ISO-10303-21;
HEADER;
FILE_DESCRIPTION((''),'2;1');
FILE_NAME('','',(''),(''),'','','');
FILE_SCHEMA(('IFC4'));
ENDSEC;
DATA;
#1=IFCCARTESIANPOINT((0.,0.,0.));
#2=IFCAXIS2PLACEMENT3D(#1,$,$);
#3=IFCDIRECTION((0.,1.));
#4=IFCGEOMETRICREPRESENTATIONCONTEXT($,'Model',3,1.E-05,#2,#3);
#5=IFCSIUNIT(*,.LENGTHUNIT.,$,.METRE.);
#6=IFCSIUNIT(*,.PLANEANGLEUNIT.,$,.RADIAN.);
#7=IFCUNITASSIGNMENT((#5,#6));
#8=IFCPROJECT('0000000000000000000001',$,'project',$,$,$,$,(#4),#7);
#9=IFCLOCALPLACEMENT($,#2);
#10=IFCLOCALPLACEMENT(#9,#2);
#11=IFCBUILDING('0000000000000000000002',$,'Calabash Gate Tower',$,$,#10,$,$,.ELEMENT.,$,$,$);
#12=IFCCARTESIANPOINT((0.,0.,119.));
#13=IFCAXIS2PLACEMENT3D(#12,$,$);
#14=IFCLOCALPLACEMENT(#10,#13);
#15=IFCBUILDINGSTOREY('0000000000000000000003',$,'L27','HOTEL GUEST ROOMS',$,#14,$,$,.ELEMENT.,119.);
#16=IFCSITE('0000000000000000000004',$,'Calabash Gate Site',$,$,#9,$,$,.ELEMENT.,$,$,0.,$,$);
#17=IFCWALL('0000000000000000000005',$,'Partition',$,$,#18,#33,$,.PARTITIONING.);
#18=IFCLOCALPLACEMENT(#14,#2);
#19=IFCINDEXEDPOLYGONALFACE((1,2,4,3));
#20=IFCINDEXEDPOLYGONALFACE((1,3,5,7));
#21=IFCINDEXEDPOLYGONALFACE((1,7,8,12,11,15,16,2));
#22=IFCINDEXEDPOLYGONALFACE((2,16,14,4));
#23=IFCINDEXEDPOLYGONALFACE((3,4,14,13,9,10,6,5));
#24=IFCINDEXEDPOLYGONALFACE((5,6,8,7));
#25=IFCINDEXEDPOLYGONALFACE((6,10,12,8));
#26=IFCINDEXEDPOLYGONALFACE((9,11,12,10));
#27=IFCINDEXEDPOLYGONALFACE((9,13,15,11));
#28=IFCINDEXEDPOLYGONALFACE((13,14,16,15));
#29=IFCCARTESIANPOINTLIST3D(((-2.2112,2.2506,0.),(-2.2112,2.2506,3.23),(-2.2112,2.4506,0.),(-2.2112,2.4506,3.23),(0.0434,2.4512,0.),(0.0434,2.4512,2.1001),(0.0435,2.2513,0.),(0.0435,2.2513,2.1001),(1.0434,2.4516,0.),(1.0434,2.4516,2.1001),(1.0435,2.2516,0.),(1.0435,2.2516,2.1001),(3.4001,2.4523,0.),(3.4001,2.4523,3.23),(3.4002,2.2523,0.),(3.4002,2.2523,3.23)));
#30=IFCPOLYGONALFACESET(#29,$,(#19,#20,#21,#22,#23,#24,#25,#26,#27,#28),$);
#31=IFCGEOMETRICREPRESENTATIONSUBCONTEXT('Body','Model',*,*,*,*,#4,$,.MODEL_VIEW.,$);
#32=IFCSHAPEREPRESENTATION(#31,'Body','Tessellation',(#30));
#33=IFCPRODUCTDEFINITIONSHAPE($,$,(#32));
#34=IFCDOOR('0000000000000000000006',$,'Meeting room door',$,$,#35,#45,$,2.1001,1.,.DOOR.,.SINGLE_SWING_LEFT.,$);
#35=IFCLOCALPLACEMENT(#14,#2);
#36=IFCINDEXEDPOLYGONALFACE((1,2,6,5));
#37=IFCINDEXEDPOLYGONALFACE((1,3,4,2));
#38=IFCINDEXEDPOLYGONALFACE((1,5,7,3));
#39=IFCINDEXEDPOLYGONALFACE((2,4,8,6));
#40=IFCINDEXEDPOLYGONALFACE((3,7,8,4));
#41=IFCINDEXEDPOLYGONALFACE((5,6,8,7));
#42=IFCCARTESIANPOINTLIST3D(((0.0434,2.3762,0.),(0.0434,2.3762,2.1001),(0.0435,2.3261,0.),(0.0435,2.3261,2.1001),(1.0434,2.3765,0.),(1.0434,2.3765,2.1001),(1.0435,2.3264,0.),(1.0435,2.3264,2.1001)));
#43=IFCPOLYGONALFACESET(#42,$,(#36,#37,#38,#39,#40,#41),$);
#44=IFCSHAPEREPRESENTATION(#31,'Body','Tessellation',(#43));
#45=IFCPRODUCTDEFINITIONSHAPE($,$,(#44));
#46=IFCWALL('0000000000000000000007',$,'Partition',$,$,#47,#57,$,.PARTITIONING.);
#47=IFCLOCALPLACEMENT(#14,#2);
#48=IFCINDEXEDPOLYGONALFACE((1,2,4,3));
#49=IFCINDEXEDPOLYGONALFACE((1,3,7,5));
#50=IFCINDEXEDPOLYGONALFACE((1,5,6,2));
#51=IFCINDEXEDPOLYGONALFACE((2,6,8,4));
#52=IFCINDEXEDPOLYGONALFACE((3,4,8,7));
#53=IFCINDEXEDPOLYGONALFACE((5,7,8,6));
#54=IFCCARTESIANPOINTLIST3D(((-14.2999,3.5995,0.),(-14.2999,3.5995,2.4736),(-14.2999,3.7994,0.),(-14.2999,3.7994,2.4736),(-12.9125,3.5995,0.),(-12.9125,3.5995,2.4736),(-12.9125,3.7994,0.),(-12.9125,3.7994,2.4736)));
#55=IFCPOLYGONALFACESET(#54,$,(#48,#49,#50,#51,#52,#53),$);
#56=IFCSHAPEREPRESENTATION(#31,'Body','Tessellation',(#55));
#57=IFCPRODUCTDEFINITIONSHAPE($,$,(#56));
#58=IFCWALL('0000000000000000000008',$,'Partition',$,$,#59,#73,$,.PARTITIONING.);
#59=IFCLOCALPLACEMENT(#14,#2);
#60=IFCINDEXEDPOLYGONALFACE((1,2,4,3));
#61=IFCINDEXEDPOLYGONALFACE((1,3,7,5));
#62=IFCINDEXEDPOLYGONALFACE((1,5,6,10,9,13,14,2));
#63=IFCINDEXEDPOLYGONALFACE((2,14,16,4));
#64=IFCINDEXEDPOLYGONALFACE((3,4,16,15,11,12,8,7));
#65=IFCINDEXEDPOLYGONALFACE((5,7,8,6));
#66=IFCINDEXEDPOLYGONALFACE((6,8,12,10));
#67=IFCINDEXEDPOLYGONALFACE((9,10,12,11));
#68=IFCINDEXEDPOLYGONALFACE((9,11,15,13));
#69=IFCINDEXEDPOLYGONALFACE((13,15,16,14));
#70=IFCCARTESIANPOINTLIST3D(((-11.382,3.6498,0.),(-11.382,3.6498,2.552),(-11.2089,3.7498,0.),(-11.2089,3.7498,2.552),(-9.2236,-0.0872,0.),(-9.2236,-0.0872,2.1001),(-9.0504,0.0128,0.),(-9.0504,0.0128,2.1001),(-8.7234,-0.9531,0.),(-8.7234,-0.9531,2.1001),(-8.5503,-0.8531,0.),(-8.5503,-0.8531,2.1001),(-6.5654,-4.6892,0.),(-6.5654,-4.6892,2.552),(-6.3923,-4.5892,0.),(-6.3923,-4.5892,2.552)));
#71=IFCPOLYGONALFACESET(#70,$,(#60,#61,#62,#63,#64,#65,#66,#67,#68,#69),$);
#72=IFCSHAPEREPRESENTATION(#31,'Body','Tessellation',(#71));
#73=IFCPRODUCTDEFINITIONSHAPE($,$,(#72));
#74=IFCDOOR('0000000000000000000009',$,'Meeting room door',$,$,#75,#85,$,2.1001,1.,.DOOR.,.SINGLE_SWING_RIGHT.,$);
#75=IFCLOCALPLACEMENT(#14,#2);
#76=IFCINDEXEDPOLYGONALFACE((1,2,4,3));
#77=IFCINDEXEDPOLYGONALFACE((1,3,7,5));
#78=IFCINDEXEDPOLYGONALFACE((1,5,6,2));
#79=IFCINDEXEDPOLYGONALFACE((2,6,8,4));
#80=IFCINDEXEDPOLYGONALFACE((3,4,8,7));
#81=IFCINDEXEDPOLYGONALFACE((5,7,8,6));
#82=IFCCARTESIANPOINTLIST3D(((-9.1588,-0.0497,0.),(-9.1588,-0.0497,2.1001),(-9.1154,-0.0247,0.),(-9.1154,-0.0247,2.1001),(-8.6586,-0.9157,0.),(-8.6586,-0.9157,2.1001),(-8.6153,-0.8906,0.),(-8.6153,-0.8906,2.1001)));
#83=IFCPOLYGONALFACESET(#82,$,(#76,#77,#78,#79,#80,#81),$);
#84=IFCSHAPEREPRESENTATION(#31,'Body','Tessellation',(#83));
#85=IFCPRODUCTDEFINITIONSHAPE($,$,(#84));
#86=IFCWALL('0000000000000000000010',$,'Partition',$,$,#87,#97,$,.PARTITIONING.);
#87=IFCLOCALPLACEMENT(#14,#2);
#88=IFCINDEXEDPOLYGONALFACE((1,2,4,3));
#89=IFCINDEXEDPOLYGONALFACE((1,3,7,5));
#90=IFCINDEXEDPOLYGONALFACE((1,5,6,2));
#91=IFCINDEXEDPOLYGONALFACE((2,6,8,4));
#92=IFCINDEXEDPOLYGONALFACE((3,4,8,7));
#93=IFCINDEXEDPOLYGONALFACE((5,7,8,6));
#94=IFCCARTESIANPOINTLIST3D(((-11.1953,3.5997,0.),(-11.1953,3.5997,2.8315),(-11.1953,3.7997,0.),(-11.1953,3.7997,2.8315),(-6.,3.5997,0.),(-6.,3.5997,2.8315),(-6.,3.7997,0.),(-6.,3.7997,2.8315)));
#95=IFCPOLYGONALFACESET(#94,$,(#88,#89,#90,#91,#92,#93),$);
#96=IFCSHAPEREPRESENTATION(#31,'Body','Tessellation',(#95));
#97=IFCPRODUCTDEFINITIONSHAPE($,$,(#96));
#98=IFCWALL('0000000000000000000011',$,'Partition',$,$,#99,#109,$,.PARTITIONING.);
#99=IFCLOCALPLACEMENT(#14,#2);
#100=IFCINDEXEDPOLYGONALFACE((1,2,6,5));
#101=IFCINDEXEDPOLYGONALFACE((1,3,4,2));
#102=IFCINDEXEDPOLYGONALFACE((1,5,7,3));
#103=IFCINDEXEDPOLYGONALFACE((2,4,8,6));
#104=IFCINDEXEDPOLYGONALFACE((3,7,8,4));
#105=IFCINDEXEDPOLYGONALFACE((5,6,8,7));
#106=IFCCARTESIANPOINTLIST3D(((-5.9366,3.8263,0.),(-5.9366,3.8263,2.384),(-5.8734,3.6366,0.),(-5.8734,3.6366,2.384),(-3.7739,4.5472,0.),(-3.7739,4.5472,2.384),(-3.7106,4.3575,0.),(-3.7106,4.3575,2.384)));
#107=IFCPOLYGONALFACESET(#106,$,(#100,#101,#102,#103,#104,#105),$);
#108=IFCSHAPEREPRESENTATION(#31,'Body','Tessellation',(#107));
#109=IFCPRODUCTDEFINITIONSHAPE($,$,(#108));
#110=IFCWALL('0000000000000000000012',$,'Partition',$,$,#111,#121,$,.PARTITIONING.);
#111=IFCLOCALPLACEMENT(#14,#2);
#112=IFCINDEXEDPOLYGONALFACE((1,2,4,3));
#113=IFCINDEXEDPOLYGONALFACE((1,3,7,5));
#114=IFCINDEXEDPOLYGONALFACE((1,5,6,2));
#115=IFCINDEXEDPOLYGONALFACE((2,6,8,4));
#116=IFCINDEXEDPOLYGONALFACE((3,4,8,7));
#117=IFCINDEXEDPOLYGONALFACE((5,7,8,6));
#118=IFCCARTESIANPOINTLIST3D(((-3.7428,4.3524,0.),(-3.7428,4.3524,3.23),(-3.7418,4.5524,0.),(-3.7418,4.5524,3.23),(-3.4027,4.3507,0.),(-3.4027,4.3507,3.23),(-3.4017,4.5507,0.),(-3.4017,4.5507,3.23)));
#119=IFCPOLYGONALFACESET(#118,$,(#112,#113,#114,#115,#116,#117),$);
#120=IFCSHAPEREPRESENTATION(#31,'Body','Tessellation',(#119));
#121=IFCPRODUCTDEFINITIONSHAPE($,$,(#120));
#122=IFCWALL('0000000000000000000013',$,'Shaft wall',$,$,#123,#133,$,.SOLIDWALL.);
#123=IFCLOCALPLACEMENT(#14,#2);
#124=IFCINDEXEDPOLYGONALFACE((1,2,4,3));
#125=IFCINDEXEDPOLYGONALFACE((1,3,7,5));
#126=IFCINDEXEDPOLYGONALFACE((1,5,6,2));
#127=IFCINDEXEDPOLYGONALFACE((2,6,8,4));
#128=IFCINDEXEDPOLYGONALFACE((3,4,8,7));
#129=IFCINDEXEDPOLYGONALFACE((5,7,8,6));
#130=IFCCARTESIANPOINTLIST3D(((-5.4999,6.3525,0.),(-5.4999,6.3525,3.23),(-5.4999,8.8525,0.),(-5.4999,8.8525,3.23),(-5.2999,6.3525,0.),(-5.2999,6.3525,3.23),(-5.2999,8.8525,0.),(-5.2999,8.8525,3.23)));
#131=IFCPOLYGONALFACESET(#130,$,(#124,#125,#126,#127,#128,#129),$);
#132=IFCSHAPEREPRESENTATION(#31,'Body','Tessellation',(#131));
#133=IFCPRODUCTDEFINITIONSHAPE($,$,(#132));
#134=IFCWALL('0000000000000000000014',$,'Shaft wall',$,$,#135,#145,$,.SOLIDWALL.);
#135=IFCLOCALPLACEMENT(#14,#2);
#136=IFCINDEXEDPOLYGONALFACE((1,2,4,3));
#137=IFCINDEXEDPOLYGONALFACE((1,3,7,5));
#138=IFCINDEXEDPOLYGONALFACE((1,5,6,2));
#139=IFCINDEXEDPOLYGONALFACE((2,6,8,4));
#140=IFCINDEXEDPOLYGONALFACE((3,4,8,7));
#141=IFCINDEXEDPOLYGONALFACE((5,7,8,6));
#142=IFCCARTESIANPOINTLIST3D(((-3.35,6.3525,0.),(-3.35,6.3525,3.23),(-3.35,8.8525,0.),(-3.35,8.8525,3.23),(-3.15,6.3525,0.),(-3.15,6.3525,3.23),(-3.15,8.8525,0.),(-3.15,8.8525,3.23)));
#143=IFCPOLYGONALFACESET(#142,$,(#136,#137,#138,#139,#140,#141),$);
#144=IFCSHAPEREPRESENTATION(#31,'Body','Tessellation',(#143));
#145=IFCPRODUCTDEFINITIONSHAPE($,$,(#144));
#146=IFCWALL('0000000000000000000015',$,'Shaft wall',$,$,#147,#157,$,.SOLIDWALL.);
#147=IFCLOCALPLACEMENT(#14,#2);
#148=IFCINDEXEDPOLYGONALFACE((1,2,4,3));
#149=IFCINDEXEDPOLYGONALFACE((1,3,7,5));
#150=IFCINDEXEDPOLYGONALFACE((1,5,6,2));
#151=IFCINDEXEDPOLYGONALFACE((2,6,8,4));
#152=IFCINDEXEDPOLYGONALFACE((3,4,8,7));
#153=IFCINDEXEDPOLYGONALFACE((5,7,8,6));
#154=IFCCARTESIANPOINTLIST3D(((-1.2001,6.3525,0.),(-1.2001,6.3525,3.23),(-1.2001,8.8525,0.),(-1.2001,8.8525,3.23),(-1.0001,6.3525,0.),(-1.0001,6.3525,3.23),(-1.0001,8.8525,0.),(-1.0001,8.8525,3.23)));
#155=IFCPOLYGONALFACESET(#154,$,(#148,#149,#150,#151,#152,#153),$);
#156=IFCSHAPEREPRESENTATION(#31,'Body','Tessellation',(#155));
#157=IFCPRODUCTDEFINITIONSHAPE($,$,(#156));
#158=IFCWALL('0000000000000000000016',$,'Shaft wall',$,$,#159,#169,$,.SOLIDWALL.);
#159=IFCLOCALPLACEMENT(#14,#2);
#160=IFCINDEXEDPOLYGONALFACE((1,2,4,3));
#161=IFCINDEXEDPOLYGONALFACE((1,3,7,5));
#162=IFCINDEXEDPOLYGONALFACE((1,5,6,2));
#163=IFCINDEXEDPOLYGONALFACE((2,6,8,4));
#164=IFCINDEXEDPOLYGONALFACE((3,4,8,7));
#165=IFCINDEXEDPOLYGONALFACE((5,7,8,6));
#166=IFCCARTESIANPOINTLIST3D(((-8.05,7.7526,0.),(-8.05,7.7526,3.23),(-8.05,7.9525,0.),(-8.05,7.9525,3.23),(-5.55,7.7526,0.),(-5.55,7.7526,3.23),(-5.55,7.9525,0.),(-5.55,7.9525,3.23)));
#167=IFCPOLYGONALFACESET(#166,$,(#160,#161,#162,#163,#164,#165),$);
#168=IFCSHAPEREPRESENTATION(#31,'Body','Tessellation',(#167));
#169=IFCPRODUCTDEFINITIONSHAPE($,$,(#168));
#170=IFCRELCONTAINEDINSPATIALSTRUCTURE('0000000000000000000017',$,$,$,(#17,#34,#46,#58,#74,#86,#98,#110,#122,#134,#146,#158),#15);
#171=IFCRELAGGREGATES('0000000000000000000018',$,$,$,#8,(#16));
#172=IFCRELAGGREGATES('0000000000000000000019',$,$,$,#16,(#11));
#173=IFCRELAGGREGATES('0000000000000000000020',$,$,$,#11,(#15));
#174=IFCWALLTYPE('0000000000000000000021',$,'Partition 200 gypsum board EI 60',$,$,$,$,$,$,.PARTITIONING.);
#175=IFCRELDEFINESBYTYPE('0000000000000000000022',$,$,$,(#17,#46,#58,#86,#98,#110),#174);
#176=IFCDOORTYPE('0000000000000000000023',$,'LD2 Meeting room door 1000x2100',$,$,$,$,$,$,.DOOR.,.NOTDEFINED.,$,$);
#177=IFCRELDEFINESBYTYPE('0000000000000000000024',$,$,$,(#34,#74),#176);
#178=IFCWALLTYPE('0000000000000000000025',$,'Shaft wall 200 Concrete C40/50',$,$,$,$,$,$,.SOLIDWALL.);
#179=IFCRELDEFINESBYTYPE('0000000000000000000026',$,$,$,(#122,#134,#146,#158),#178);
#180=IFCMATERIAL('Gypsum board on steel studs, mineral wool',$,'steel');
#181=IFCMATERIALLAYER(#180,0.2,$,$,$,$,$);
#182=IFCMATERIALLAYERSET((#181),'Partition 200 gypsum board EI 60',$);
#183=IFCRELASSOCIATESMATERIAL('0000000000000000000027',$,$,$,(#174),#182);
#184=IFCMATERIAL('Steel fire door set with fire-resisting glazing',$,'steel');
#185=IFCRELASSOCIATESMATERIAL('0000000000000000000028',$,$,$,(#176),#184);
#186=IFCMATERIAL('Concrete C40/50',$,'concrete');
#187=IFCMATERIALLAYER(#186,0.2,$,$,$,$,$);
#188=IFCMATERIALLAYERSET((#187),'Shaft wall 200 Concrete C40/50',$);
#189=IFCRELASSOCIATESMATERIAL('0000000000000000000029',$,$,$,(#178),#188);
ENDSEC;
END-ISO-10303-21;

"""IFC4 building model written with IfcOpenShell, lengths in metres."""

from ifc_helpers import new_model, si_unit, direction, frame, frame_2d, origin, place, context, subcontext, project, spatial, rectangle, extrude, material, layer, layer_set, type_object, element, fill, save


model = new_model("IFC4")

# Units and contexts
model_context = context("Model", 3, precision=1e-05, world=origin(), true_north=direction((0.0, 1.0)))
body_context = subcontext(model_context, "Body", "Model", "MODEL_VIEW")
ifc_project = project(units=[si_unit("LENGTHUNIT", "METRE"), si_unit("PLANEANGLEUNIT", "RADIAN")], contexts=[model_context])

# Site, building, storey
site_placement = place(None, origin())
site = spatial("IfcSite", under=ifc_project, at=site_placement, Name="Calabash Gate Site", CompositionType="ELEMENT", RefElevation=0.0)
building_placement = place(site_placement, origin())
building = spatial("IfcBuilding", under=site, at=building_placement, Name="Calabash Gate Tower", CompositionType="ELEMENT")
storey_placement = place(building_placement, frame((0.0, 0.0, 119.0)))
storey = spatial("IfcBuildingStorey", under=building, at=storey_placement, Name="L27", Description="HOTEL GUEST ROOMS", CompositionType="ELEMENT", Elevation=119.0)

# Shared definitions
ifc_material_1 = material(Name="Gypsum board on steel studs, mineral wool", Category="steel")
ifc_layer_1 = layer(ifc_material_1, 0.2)
ifc_layer_set_1 = layer_set([ifc_layer_1], Name="Partition 200 gypsum board EI 60")
wall_type_1 = type_object("IfcWallType", Name="Partition 200 gypsum board EI 60", PredefinedType="PARTITIONING", material=ifc_layer_set_1)
ifc_material_2 = material(Name="Steel fire door set with fire-resisting glazing", Category="steel")
door_type_1 = type_object("IfcDoorType", Name="LD2 Meeting room door 1000x2100", OperationType="NOTDEFINED", PredefinedType="DOOR", material=ifc_material_2)

# Wall, opening, door
wall_1_placement = place(storey_placement, frame((-2.2112, 2.3506, 0.0), z_axis=(0.0, 0.0, 1.0), x_axis=(1.0, 0.000305, 0.0)))
wall_1 = element("IfcWall", 1, at=wall_1_placement, inside=storey, type_object=wall_type_1, Name="Partition", PredefinedType="PARTITIONING", context=body_context, shape_type="SweptSolid", body=[
    extrude(rectangle(XDim=5.6113, YDim=0.2, at=frame_2d((2.8057, 0.0))), origin(), (0.0, 0.0, 1.0), 3.23),
])
opening_1_placement = place(wall_1_placement, frame((2.2546, 0.0, 0.0)))
opening_1 = element("IfcOpeningElement", 2, at=opening_1_placement, cuts=wall_1, PredefinedType="OPENING", context=body_context, shape_type="SweptSolid", body=[
    extrude(rectangle(XDim=1.0, YDim=2.1001, at=frame_2d((0.5, 1.05))), frame((0.0, 0.1099, 0.0), z_axis=(0.0, -1.0, 0.0), x_axis=(1.0, 0.0, 0.0)), (0.0, 0.0, 1.0), 0.22),
])
door_1_placement = place(opening_1_placement, origin())
door_1 = element("IfcDoor", 3, at=door_1_placement, inside=storey, type_object=door_type_1, Name="Meeting room door", OperationType="SINGLE_SWING_LEFT", OverallHeight=2.1001, OverallWidth=1.0, PredefinedType="DOOR", context=body_context, shape_type="SweptSolid", body=[
    extrude(rectangle(XDim=1.0, YDim=2.1001, at=frame_2d((0.5, 1.05))), frame((0.0, 0.0249, 0.0), z_axis=(0.0, -1.0, 0.0), x_axis=(1.0, 0.0, 0.0)), (0.0, 0.0, 1.0), 0.05),
])
fill(opening_1, door_1)

# Wall
wall_2_placement = place(storey_placement, frame((-14.3, 3.6995, 0.0), z_axis=(0.0, 0.0, 1.0), x_axis=(1.0, 0.0, 0.0)))
element("IfcWall", 4, at=wall_2_placement, inside=storey, type_object=wall_type_1, Name="Partition", PredefinedType="PARTITIONING", context=body_context, shape_type="SweptSolid", body=[
    extrude(rectangle(XDim=1.3875, YDim=0.2, at=frame_2d((0.6938, 0.0))), origin(), (0.0, 0.0, 1.0), 2.4736),
])

# Wall, opening, door
wall_3_placement = place(storey_placement, frame((-11.2954, 3.6997, 0.0), z_axis=(0.0, 0.0, 1.0), x_axis=(0.500161, -0.865933, 0.0)))
wall_3 = element("IfcWall", 5, at=wall_3_placement, inside=storey, type_object=wall_type_1, Name="Partition", PredefinedType="PARTITIONING", context=body_context, shape_type="SweptSolid", body=[
    extrude(rectangle(XDim=9.6301, YDim=0.2, at=frame_2d((4.8149, 0.0))), origin(), (0.0, 0.0, 1.0), 2.552),
])
opening_2_placement = place(wall_3_placement, frame((4.3154, 0.0, 0.0)))
opening_2 = element("IfcOpeningElement", 6, at=opening_2_placement, cuts=wall_3, PredefinedType="OPENING", context=body_context, shape_type="SweptSolid", body=[
    extrude(rectangle(XDim=1.0, YDim=2.1001, at=frame_2d((0.5, 1.05))), frame((0.0, 0.1099, 0.0), z_axis=(0.0, -1.0, 0.0), x_axis=(1.0, 0.0, 0.0)), (0.0, 0.0, 1.0), 0.22),
])
door_2_placement = place(opening_2_placement, origin())
door_2 = element("IfcDoor", 7, at=door_2_placement, inside=storey, type_object=door_type_1, Name="Meeting room door", OperationType="SINGLE_SWING_RIGHT", OverallHeight=2.1001, OverallWidth=1.0, PredefinedType="DOOR", context=body_context, shape_type="SweptSolid", body=[
    extrude(rectangle(XDim=1.0, YDim=2.1001, at=frame_2d((0.5, 1.05))), frame((0.0, 0.0249, 0.0), z_axis=(0.0, -1.0, 0.0), x_axis=(1.0, 0.0, 0.0)), (0.0, 0.0, 1.0), 0.05),
])
fill(opening_2, door_2)

# Walls
wall_4_placement = place(storey_placement, frame((-11.1953, 3.6997, 0.0), z_axis=(0.0, 0.0, 1.0), x_axis=(1.0, 0.0, 0.0)))
element("IfcWall", 8, at=wall_4_placement, inside=storey, type_object=wall_type_1, Name="Partition", PredefinedType="PARTITIONING", context=body_context, shape_type="SweptSolid", body=[
    extrude(rectangle(XDim=5.1953, YDim=0.2, at=frame_2d((2.5977, 0.0))), origin(), (0.0, 0.0, 1.0), 2.8315),
])
wall_5_placement = place(storey_placement, frame((-5.905, 3.7314, 0.0), z_axis=(0.0, 0.0, 1.0), x_axis=(0.948683, 0.316228, 0.0)))
element("IfcWall", 9, at=wall_5_placement, inside=storey, type_object=wall_type_1, Name="Partition", PredefinedType="PARTITIONING", context=body_context, shape_type="SweptSolid", body=[
    extrude(rectangle(XDim=2.2798, YDim=0.2, at=frame_2d((1.1399, 0.0))), origin(), (0.0, 0.0, 1.0), 2.384),
])
wall_6_placement = place(storey_placement, frame((-3.7422, 4.4524, 0.0), z_axis=(0.0, 0.0, 1.0), x_axis=(0.999987, -0.005025, 0.0)))
element("IfcWall", 10, at=wall_6_placement, inside=storey, type_object=wall_type_1, Name="Partition", PredefinedType="PARTITIONING", context=body_context, shape_type="SweptSolid", body=[
    extrude(rectangle(XDim=0.3401, YDim=0.2, at=frame_2d((0.1699, 0.0))), origin(), (0.0, 0.0, 1.0), 3.23),
])
ifc_material_3 = material(Name="Concrete C40/50", Category="concrete")
ifc_layer_2 = layer(ifc_material_3, 0.2)
ifc_layer_set_2 = layer_set([ifc_layer_2], Name="Shaft wall 200 Concrete C40/50")
wall_type_2 = type_object("IfcWallType", Name="Shaft wall 200 Concrete C40/50", PredefinedType="SOLIDWALL", material=ifc_layer_set_2)
for number, where, z_axis, x_axis, name in (
    (11, (-5.3999, 6.3525, 0.0), (0.0, 0.0, 1.0), (0.0, 1.0, 0.0), "Shaft wall"),
    (12, (-3.25, 6.3525, 0.0), (0.0, 0.0, 1.0), (0.0, 1.0, 0.0), "Shaft wall"),
    (13, (-1.1001, 6.3525, 0.0), (0.0, 0.0, 1.0), (0.0, 1.0, 0.0), "Shaft wall"),
    (14, (-8.05, 7.8525, 0.0), (0.0, 0.0, 1.0), (1.0, 0.0, 0.0), "Shaft wall"),
):
    element("IfcWall", number, at=place(storey_placement, frame(where, z_axis=z_axis, x_axis=x_axis)), inside=storey, type_object=wall_type_2, Name=name, PredefinedType="SOLIDWALL", context=body_context, shape_type="SweptSolid", body=[
        extrude(rectangle(XDim=2.5, YDim=0.2, at=frame_2d((1.25, 0.0))), origin(), (0.0, 0.0, 1.0), 3.23),
    ])

save(model, "model.ifc")
